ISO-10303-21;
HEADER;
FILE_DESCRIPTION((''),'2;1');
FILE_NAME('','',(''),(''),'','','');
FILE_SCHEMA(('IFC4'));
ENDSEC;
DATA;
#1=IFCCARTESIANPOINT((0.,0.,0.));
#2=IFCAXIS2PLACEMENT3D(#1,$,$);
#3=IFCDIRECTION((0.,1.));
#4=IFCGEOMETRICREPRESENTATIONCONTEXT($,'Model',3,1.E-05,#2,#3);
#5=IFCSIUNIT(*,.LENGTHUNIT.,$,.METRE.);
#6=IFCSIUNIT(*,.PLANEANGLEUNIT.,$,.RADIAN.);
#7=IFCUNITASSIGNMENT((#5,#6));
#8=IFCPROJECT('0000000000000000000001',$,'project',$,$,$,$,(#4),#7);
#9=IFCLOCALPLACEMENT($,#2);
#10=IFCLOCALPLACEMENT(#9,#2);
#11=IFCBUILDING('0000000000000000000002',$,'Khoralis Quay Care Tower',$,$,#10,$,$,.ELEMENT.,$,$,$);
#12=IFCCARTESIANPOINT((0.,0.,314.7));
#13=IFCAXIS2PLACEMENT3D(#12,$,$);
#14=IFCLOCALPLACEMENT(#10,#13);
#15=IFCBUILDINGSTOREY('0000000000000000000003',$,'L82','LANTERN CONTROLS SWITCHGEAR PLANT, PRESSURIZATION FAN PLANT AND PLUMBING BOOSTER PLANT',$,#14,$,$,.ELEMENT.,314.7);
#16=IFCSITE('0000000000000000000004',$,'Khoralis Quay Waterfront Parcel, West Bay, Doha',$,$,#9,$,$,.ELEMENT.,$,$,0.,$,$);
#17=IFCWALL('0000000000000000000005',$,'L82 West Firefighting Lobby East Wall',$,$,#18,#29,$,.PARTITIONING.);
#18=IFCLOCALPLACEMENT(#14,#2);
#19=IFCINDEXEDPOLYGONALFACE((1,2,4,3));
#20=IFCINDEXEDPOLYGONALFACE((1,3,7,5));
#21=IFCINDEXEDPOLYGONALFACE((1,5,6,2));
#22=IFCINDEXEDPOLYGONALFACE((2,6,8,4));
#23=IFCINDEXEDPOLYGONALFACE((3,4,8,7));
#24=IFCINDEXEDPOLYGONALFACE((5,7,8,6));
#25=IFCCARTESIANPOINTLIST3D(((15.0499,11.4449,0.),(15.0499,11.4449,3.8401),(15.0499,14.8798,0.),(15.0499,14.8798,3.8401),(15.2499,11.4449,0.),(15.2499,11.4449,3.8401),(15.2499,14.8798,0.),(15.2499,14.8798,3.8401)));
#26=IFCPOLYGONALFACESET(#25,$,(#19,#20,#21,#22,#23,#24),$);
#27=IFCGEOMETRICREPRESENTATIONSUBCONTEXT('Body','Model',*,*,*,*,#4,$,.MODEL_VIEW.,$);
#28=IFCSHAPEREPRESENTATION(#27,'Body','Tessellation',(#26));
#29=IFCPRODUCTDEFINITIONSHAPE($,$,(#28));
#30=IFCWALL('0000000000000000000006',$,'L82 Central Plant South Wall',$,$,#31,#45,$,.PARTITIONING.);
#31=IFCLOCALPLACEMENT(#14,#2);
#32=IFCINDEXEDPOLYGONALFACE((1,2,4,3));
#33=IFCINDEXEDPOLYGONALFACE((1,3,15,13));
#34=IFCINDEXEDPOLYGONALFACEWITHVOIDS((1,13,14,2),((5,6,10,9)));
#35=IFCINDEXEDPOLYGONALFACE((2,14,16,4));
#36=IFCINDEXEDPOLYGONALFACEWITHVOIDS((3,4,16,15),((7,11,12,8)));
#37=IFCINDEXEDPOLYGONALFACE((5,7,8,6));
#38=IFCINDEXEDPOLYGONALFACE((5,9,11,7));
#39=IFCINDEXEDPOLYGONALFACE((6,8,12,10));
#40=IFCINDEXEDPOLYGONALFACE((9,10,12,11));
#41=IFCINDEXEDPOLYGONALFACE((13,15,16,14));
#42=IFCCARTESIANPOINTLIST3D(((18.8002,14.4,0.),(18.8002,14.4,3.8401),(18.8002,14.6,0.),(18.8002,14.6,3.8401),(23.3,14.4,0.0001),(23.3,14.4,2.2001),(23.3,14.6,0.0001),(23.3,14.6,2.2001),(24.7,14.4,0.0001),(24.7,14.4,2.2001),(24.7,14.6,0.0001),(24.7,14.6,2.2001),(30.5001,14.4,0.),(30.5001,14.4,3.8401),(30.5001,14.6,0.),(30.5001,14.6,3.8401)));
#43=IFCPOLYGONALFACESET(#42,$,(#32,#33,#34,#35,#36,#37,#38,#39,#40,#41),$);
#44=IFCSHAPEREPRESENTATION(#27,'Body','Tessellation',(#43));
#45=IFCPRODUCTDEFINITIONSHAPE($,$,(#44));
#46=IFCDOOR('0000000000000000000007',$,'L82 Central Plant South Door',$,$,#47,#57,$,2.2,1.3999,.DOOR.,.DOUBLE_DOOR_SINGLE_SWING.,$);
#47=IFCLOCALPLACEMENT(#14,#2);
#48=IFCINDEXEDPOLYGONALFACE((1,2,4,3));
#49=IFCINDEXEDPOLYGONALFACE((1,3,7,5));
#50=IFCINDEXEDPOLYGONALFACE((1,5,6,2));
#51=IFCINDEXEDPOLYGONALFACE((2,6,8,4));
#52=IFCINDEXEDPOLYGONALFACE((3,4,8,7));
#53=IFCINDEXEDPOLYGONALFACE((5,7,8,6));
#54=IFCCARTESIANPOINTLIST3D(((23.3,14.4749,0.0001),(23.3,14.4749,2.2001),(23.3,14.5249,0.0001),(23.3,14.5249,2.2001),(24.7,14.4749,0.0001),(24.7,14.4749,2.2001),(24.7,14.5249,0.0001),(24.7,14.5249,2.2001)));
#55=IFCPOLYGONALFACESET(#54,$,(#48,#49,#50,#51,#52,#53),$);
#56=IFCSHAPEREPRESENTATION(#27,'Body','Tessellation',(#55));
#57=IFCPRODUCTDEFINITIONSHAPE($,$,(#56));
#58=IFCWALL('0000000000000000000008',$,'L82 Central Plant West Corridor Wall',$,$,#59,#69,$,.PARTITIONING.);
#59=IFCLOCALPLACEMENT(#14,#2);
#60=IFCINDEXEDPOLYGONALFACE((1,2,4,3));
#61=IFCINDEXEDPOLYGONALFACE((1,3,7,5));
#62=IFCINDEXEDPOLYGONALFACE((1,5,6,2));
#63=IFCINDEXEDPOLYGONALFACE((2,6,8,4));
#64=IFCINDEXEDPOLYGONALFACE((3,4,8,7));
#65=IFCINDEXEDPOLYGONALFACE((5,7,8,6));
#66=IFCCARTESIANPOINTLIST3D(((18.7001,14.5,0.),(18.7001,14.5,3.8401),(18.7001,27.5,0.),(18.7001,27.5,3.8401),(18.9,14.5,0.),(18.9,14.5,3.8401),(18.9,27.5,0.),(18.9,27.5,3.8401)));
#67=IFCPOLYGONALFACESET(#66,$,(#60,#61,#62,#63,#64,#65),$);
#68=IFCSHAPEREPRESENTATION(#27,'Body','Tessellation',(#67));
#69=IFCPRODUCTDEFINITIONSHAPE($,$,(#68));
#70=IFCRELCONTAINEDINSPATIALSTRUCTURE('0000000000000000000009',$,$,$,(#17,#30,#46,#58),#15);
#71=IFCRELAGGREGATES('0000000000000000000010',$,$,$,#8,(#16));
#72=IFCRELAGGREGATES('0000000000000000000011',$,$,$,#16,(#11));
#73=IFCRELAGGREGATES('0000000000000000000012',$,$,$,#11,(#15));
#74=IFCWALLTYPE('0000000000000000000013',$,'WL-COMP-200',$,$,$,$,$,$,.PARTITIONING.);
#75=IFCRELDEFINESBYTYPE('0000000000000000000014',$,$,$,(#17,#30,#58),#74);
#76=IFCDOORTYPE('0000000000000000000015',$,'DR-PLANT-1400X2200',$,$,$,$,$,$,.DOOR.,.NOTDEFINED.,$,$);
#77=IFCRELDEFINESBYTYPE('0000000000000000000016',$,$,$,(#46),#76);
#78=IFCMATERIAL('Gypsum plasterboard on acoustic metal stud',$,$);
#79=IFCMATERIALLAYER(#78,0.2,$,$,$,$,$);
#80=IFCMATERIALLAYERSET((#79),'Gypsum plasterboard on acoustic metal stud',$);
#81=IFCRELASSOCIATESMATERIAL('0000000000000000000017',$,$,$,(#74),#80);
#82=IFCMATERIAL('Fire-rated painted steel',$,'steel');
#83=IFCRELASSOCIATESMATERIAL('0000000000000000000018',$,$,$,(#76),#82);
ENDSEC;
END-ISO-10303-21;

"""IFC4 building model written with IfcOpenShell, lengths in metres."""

from ifc_helpers import new_model, si_unit, direction, frame, frame_2d, origin, place, context, subcontext, project, spatial, rectangle, extrude, source, transform, mapped, material, layer, layer_set, type_object, element, fill, save


model = new_model("IFC4")

# Units and contexts
model_context = context("Model", 3, precision=1e-05, world=origin(), true_north=direction((0.0, 1.0)))
body_context = subcontext(model_context, "Body", "Model", "MODEL_VIEW")
ifc_project = project(units=[si_unit("LENGTHUNIT", "METRE"), si_unit("PLANEANGLEUNIT", "RADIAN")], contexts=[model_context])

# Site, building, storey
site_placement = place(None, origin())
site = spatial("IfcSite", under=ifc_project, at=site_placement, Name="Khoralis Quay Waterfront Parcel, West Bay, Doha", CompositionType="ELEMENT", RefElevation=0.0)
building_placement = place(site_placement, origin())
building = spatial("IfcBuilding", under=site, at=building_placement, Name="Khoralis Quay Care Tower", CompositionType="ELEMENT")
storey_placement = place(building_placement, frame((0.0, 0.0, 314.7)))
storey = spatial("IfcBuildingStorey", under=building, at=storey_placement, Name="L82", Description="LANTERN CONTROLS SWITCHGEAR PLANT, PRESSURIZATION FAN PLANT AND PLUMBING BOOSTER PLANT", CompositionType="ELEMENT", Elevation=314.7)

# Wall
ifc_material_1 = material(Name="Gypsum plasterboard on acoustic metal stud")
ifc_layer_1 = layer(ifc_material_1, 0.2)
ifc_layer_set_1 = layer_set([ifc_layer_1], Name="Gypsum plasterboard on acoustic metal stud")
wall_type = type_object("IfcWallType", Name="WL-COMP-200", PredefinedType="PARTITIONING", material=ifc_layer_set_1)
wall_1_placement = place(storey_placement, frame((15.1499, 11.4451, 0.0), z_axis=(0.0, 0.0, 1.0), x_axis=(0.0, 1.0, 0.0)))
element("IfcWall", 1, at=wall_1_placement, inside=storey, type_object=wall_type, Name="L82 West Firefighting Lobby East Wall", PredefinedType="PARTITIONING", context=body_context, shape_type="SweptSolid", body=[
    extrude(rectangle(XDim=3.4348, YDim=0.2, at=frame_2d((1.7173, 0.0))), origin(), (0.0, 0.0, 1.0), 3.8401),
])

# Wall, opening, door
wall_2_placement = place(storey_placement, frame((18.8, 14.5, 0.0), z_axis=(0.0, 0.0, 1.0), x_axis=(1.0, 0.0, 0.0)))
wall_2 = element("IfcWall", 2, at=wall_2_placement, inside=storey, type_object=wall_type, Name="L82 Central Plant South Wall", PredefinedType="PARTITIONING", context=body_context, shape_type="SweptSolid", body=[
    extrude(rectangle(XDim=11.7, YDim=0.2, at=frame_2d((5.8501, 0.0))), origin(), (0.0, 0.0, 1.0), 3.8401),
])
opening_placement = place(wall_2_placement, frame((4.5, 0.0, 0.0)))
opening = element("IfcOpeningElement", 3, at=opening_placement, cuts=wall_2, PredefinedType="OPENING", context=body_context, shape_type="SweptSolid", body=[
    extrude(rectangle(XDim=1.3999, YDim=2.2, at=frame_2d((0.7, 1.1001))), frame((0.0, 0.1099, 0.0), z_axis=(0.0, -1.0, 0.0), x_axis=(1.0, 0.0, 0.0)), (0.0, 0.0, 1.0), 0.22),
])
ifc_material_2 = material(Name="Fire-rated painted steel", Category="steel")
door_type = type_object("IfcDoorType", Name="DR-PLANT-1400X2200", OperationType="NOTDEFINED", PredefinedType="DOOR", material=ifc_material_2)
shared_shape_1 = source(origin(), body_context, "Body", "SweptSolid", [
    extrude(rectangle(XDim=1.3999, YDim=2.2, at=frame_2d((0.7, 1.1001))), frame((0.0, 0.0249, 0.0), z_axis=(0.0, -1.0, 0.0), x_axis=(1.0, 0.0, 0.0)), (0.0, 0.0, 1.0), 0.05),
])
door_placement = place(opening_placement, origin())
door = element("IfcDoor", 4, at=door_placement, inside=storey, type_object=door_type, Name="L82 Central Plant South Door", OperationType="DOUBLE_DOOR_SINGLE_SWING", OverallHeight=2.2, OverallWidth=1.3999, PredefinedType="DOOR", context=body_context, shape_type="MappedRepresentation", body=[
    mapped(shared_shape_1, transform((0.0, 0.0, 0.0), scale=1.0)),
])
fill(opening, door)

# Wall
wall_3_placement = place(storey_placement, frame((18.8, 14.5, 0.0), z_axis=(0.0, 0.0, 1.0), x_axis=(0.0, 1.0, 0.0)))
element("IfcWall", 5, at=wall_3_placement, inside=storey, type_object=wall_type, Name="L82 Central Plant West Corridor Wall", PredefinedType="PARTITIONING", context=body_context, shape_type="SweptSolid", body=[
    extrude(rectangle(XDim=13.0, YDim=0.2, at=frame_2d((6.5, 0.0))), origin(), (0.0, 0.0, 1.0), 3.8401),
])

save(model, "model.ifc")
